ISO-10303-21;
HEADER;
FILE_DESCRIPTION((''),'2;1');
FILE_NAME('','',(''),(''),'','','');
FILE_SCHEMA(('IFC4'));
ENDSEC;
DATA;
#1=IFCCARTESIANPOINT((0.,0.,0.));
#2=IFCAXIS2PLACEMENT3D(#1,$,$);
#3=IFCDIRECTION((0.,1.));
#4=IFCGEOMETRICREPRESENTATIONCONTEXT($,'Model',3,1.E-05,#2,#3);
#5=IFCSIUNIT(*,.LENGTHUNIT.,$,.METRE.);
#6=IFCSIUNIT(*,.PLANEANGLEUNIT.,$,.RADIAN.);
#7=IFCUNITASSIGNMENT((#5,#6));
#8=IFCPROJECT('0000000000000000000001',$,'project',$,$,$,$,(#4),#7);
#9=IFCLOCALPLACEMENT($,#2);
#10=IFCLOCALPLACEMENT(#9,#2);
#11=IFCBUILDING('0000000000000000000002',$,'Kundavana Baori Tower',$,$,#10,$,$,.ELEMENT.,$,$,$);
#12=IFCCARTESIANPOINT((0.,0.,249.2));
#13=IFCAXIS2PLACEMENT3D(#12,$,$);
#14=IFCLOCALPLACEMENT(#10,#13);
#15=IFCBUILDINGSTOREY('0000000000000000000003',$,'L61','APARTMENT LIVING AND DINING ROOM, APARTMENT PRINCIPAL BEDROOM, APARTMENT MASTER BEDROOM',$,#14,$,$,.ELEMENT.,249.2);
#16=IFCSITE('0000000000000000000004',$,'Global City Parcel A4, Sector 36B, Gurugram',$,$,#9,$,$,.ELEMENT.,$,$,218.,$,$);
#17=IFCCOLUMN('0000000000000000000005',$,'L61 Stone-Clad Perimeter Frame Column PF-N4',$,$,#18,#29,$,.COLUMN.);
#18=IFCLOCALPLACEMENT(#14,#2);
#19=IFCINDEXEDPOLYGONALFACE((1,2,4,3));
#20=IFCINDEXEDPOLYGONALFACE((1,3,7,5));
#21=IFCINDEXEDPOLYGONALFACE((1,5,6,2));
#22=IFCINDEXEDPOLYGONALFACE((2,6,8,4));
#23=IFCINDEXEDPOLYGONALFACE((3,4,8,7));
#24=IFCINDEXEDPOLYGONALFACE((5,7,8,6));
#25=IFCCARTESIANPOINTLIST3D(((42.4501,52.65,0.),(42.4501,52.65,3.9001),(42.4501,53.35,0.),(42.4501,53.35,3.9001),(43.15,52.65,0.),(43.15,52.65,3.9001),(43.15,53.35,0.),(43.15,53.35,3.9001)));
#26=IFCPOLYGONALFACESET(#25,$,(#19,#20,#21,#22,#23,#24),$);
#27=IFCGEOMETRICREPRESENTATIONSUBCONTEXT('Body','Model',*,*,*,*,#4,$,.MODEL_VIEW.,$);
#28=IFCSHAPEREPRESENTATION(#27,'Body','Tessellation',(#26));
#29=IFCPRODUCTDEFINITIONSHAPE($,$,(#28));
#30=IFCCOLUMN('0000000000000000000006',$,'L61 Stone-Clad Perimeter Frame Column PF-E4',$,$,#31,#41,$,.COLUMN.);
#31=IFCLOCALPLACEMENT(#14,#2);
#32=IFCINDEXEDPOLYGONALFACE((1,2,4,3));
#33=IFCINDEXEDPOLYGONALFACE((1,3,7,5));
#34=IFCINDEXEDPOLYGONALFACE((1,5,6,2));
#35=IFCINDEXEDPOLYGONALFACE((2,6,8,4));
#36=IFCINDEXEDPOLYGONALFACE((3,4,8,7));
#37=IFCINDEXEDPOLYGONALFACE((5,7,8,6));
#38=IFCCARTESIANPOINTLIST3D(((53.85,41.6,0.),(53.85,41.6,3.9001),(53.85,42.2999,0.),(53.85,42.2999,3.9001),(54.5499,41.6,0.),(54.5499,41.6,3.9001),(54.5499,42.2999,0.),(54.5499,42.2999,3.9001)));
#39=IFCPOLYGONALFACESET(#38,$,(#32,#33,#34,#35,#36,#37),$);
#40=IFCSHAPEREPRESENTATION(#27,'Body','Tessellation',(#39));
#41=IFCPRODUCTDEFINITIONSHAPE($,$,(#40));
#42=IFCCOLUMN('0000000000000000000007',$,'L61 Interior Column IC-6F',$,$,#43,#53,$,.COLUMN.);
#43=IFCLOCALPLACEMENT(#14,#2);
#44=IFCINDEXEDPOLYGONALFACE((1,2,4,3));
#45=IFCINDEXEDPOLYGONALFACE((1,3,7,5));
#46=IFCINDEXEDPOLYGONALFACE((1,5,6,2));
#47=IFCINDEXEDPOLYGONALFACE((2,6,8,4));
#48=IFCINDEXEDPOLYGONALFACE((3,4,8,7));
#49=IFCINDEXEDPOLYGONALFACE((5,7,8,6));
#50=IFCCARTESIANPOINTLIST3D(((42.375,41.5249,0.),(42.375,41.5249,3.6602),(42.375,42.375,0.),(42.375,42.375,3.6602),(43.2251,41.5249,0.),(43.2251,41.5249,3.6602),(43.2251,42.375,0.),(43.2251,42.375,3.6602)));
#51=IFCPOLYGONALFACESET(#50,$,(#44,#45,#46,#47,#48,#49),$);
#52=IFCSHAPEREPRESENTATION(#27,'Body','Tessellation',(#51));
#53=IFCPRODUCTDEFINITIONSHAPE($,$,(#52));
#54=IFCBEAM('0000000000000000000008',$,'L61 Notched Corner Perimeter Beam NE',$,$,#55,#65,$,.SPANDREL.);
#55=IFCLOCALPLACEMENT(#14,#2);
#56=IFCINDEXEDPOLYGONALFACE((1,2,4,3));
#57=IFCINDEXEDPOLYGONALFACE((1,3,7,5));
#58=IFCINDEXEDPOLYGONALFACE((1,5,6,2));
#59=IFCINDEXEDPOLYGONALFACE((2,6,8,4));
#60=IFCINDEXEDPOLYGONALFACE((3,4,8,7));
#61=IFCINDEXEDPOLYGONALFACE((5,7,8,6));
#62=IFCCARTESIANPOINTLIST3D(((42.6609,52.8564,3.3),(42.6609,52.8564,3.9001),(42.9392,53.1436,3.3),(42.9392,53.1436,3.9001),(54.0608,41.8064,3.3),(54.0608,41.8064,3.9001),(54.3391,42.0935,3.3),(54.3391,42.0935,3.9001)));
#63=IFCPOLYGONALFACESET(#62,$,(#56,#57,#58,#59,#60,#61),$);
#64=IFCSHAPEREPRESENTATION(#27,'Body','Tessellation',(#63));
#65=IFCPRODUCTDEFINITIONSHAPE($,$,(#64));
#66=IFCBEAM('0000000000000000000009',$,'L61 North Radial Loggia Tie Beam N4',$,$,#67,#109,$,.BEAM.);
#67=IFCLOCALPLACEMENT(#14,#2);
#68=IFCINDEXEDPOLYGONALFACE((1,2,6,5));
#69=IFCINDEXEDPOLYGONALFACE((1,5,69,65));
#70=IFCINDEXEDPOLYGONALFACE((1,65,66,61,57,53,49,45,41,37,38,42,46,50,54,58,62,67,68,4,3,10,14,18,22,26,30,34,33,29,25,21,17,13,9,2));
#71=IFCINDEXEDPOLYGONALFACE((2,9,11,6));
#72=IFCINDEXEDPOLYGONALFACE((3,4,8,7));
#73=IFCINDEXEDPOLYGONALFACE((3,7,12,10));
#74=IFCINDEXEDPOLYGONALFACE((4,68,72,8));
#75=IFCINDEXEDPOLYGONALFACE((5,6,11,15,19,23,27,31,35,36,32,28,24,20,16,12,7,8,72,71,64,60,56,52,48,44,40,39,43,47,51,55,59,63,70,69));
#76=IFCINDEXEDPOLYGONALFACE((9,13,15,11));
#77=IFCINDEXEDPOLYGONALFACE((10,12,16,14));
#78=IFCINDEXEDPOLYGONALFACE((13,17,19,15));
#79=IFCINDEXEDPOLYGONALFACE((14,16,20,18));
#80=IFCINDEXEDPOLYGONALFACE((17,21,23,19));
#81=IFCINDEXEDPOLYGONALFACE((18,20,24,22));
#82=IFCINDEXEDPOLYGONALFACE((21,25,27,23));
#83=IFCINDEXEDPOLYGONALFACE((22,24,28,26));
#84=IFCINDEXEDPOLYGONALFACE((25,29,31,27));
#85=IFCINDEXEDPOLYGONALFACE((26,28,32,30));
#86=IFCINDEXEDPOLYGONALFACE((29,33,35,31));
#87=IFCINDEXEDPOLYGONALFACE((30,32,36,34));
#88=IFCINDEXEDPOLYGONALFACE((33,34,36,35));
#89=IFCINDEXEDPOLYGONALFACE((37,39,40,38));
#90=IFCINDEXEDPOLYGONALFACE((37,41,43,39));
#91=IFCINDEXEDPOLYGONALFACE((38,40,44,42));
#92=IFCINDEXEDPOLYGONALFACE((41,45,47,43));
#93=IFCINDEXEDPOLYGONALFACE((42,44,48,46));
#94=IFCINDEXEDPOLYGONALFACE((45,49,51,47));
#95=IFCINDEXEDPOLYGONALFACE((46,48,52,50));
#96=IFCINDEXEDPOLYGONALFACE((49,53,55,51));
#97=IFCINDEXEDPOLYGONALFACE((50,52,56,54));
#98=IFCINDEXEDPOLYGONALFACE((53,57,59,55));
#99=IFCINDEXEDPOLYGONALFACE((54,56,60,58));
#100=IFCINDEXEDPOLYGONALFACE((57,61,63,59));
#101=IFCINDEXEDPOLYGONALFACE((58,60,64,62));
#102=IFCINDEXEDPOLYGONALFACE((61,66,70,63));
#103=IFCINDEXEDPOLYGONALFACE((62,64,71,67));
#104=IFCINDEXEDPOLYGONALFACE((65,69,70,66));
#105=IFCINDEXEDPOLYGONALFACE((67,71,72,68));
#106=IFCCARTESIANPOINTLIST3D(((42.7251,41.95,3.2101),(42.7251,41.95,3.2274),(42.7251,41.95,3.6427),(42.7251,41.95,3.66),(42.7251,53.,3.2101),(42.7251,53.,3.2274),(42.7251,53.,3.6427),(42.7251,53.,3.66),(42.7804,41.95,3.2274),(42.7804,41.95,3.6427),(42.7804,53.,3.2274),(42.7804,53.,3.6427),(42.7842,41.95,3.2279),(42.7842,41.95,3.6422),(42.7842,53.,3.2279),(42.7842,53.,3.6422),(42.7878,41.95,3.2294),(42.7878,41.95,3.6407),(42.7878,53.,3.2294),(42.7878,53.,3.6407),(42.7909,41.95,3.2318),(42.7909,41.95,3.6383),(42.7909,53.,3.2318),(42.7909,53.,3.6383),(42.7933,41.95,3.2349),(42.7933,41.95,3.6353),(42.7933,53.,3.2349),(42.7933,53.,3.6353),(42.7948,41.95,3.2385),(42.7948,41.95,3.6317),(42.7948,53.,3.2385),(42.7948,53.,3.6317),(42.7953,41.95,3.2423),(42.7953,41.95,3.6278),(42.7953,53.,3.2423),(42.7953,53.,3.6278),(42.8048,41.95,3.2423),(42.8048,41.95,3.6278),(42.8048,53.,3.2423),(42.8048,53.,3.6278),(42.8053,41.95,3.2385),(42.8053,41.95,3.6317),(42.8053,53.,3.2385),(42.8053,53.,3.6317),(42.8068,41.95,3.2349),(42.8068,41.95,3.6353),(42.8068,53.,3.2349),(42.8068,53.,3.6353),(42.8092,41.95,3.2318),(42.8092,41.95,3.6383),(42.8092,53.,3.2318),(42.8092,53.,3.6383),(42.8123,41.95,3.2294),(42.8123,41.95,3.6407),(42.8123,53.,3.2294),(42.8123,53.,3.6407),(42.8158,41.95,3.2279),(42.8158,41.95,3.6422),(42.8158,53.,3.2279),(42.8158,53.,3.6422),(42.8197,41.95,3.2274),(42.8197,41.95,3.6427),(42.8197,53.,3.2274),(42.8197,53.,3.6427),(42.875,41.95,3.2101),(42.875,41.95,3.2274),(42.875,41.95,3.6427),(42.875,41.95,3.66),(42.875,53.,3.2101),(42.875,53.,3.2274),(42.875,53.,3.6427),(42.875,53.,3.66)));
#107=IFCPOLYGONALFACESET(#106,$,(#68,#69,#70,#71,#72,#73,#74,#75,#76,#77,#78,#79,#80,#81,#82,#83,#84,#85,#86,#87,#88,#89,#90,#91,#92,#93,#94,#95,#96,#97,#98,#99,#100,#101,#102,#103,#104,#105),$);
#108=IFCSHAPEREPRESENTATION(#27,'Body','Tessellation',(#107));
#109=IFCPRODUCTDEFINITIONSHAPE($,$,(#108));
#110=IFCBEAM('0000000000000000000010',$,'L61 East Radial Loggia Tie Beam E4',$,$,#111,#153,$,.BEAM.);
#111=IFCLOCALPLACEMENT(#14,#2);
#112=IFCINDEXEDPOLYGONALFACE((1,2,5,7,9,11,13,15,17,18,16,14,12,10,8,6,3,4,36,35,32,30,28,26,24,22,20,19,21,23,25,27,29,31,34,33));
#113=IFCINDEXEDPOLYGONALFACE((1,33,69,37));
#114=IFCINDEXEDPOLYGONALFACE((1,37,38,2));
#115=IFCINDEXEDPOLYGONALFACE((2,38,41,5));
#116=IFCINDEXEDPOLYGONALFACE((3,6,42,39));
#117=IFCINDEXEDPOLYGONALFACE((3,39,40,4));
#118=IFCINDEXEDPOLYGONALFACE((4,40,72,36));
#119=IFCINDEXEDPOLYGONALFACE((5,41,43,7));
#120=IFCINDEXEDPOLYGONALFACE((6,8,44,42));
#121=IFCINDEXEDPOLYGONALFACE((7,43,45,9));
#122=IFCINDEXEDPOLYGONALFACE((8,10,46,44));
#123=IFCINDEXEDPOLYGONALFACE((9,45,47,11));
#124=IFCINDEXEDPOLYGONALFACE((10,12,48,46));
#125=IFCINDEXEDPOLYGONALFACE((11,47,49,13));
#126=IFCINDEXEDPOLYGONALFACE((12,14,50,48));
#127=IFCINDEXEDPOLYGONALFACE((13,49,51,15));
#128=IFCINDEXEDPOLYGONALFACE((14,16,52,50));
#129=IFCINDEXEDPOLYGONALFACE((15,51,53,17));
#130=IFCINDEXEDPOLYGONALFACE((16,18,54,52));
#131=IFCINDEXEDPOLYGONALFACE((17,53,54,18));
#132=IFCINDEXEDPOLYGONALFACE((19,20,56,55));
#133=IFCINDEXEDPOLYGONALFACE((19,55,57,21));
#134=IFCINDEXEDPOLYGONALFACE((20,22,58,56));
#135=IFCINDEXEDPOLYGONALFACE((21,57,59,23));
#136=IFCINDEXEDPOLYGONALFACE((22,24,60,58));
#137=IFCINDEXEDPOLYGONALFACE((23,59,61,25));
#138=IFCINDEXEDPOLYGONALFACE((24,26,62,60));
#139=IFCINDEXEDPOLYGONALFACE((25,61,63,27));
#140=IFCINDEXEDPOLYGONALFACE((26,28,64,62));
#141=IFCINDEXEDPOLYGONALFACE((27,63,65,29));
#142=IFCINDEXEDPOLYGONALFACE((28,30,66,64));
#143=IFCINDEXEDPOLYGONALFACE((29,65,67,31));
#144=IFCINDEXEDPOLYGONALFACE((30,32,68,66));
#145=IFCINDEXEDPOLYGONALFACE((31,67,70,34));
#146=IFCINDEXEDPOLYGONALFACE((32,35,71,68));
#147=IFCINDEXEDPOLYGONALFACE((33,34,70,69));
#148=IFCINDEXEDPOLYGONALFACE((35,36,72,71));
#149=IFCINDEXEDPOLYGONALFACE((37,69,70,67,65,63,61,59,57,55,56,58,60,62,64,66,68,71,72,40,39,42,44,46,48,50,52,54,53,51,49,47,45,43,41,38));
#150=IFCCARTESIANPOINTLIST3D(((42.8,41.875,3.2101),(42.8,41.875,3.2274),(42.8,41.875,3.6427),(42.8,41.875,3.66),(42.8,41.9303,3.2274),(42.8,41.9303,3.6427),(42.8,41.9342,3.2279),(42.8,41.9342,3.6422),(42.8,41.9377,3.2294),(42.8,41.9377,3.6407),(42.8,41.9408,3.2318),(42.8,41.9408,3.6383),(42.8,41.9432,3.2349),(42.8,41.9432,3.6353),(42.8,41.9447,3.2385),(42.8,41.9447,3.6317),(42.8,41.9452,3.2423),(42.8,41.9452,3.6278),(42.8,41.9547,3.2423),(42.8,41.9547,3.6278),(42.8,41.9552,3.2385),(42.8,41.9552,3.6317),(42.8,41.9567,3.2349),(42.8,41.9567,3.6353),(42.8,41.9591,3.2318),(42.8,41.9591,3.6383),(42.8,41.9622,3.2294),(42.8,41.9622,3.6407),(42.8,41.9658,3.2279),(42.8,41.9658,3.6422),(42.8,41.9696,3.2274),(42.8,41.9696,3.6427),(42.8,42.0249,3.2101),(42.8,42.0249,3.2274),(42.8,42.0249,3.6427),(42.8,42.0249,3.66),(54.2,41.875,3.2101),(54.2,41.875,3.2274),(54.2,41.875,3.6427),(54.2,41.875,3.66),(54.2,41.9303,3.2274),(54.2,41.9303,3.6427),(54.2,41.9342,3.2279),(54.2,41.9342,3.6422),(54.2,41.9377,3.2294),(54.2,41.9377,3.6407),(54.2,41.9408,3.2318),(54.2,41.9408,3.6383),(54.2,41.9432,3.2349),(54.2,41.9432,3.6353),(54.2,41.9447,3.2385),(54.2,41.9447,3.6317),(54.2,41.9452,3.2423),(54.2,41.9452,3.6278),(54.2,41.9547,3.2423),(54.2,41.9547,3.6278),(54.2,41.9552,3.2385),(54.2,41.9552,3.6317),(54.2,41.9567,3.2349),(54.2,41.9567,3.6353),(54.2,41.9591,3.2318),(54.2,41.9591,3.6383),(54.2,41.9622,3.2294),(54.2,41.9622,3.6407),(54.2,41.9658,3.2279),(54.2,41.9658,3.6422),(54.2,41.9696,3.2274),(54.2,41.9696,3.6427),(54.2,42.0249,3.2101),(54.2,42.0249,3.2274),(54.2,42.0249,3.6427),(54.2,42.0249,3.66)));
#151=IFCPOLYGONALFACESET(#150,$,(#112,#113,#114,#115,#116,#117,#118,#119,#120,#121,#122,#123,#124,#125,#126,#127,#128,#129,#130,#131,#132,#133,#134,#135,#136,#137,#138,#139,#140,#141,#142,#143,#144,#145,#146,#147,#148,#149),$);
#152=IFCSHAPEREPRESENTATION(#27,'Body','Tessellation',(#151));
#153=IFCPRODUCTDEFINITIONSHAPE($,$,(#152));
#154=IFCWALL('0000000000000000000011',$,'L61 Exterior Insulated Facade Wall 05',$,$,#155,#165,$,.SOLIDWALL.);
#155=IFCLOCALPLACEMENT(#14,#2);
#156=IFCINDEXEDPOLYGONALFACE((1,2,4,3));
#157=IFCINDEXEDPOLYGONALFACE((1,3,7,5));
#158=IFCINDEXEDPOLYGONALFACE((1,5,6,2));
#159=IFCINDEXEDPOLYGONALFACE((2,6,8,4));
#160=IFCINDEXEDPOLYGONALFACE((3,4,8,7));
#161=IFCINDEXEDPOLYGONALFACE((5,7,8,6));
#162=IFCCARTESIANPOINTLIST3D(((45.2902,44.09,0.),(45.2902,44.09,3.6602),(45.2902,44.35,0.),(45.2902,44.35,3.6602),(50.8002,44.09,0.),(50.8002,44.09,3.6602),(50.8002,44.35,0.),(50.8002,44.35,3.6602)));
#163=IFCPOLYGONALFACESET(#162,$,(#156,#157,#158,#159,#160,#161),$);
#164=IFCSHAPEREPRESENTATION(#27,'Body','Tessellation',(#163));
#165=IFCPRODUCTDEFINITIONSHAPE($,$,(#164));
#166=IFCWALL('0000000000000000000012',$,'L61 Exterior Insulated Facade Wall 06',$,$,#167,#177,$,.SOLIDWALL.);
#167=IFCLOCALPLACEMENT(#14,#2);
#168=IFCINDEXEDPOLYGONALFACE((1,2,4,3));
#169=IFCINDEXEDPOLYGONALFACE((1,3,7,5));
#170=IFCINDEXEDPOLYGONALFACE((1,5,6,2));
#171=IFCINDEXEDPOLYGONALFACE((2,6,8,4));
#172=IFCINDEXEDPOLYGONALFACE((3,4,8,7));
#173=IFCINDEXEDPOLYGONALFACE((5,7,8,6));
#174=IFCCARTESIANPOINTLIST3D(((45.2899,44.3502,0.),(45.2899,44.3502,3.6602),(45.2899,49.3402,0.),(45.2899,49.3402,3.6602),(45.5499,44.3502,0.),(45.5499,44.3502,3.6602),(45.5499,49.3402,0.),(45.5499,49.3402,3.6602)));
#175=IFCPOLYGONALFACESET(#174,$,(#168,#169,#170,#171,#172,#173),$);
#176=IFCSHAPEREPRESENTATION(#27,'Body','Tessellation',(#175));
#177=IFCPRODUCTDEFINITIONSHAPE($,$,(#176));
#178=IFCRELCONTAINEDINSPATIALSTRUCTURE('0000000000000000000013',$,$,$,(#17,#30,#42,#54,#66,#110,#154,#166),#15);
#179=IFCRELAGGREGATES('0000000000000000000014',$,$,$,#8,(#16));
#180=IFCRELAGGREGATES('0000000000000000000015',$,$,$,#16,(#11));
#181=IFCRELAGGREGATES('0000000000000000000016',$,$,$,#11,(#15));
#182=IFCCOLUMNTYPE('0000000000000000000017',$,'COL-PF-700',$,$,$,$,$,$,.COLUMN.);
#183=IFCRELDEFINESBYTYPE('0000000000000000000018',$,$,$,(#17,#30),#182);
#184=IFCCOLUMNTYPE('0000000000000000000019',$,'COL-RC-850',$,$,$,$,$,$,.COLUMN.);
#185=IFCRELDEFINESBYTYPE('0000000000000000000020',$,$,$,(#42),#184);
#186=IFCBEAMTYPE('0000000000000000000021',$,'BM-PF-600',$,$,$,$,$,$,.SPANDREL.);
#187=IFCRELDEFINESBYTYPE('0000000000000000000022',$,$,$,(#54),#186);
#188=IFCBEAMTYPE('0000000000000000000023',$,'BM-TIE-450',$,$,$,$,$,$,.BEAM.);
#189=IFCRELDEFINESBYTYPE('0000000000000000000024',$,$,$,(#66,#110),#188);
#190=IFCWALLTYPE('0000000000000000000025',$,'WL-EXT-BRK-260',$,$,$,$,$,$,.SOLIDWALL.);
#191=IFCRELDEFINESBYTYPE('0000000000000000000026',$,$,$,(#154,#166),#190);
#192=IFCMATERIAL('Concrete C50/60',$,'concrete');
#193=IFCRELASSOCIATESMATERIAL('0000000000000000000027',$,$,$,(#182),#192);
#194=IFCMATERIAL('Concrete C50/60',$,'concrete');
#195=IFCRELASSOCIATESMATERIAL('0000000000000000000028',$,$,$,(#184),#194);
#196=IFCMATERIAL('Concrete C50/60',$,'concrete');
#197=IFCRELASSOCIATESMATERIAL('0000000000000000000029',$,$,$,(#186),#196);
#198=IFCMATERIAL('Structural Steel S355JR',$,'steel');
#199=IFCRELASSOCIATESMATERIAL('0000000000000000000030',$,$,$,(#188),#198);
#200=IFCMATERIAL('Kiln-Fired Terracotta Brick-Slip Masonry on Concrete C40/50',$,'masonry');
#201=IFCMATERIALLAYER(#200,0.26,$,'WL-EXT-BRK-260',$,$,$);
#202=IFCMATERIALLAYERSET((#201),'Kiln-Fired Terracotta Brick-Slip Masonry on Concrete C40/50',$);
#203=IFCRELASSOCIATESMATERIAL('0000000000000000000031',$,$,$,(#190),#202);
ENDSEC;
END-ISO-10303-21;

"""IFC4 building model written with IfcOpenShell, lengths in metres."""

from ifc_helpers import new_model, si_unit, direction, frame, frame_2d, origin, origin_2d, place, context, subcontext, project, spatial, rectangle, i_section, extrude, material, layer, layer_set, material_profile, profile_set, type_object, element, save


model = new_model("IFC4")

# Units and contexts
model_context = context("Model", 3, precision=1e-05, world=origin(), true_north=direction((0.0, 1.0)))
body_context = subcontext(model_context, "Body", "Model", "MODEL_VIEW")
ifc_project = project(units=[si_unit("LENGTHUNIT", "METRE"), si_unit("PLANEANGLEUNIT", "RADIAN")], contexts=[model_context])

# Site, building, storey
site_placement = place(None, origin())
site = spatial("IfcSite", under=ifc_project, at=site_placement, Name="Global City Parcel A4, Sector 36B, Gurugram", CompositionType="ELEMENT", RefElevation=218.0)
building_placement = place(site_placement, origin())
building = spatial("IfcBuilding", under=site, at=building_placement, Name="Kundavana Baori Tower", CompositionType="ELEMENT")
storey_placement = place(building_placement, frame((0.0, 0.0, 249.2)))
storey = spatial("IfcBuildingStorey", under=building, at=storey_placement, Name="L61", Description="APARTMENT LIVING AND DINING ROOM, APARTMENT PRINCIPAL BEDROOM, APARTMENT MASTER BEDROOM", CompositionType="ELEMENT", Elevation=249.2)

# Columns
ifc_material_1 = material(Name="Concrete C50/60", Category="concrete")
ifc_material_profile_1 = material_profile(ifc_material_1, rectangle(XDim=0.7, YDim=0.7, at=origin_2d()), Name="RC PF 700x700")
ifc_profile_set_1 = profile_set([ifc_material_profile_1], Name="Concrete C50/60")
column_type_1 = type_object("IfcColumnType", Name="COL-PF-700", PredefinedType="COLUMN", material=ifc_profile_set_1)
for number, where, z_axis, x_axis, name in (
    (1, (42.8, 53.0, 0.0), (0.0, 0.0, 1.0), (1.0, 0.0, 0.0), "L61 Stone-Clad Perimeter Frame Column PF-N4"),
    (2, (54.2, 41.95, 0.0), (0.0, 0.0, 1.0), (1.0, 0.0, 0.0), "L61 Stone-Clad Perimeter Frame Column PF-E4"),
):
    element("IfcColumn", number, at=place(storey_placement, frame(where, z_axis=z_axis, x_axis=x_axis)), inside=storey, type_object=column_type_1, Name=name, PredefinedType="COLUMN", context=body_context, shape_type="SweptSolid", body=[
        extrude(rectangle(XDim=0.7, YDim=0.7, at=origin_2d()), origin(), (0.0, 0.0, 1.0), 3.9001),
    ])
ifc_material_2 = material(Name="Concrete C50/60", Category="concrete")
ifc_material_profile_2 = material_profile(ifc_material_2, rectangle(XDim=0.8501, YDim=0.8501, at=origin_2d()), Name="RC 850x850")
ifc_profile_set_2 = profile_set([ifc_material_profile_2], Name="Concrete C50/60")
column_type_2 = type_object("IfcColumnType", Name="COL-RC-850", PredefinedType="COLUMN", material=ifc_profile_set_2)
column_placement = place(storey_placement, frame((42.8, 41.95, 0.0), z_axis=(0.0, 0.0, 1.0), x_axis=(1.0, 0.0, 0.0)))
element("IfcColumn", 3, at=column_placement, inside=storey, type_object=column_type_2, Name="L61 Interior Column IC-6F", PredefinedType="COLUMN", context=body_context, shape_type="SweptSolid", body=[
    extrude(rectangle(XDim=0.8501, YDim=0.8501, at=origin_2d()), origin(), (0.0, 0.0, 1.0), 3.6602),
])

# Beams
ifc_material_3 = material(Name="Concrete C50/60", Category="concrete")
ifc_material_profile_3 = material_profile(ifc_material_3, rectangle(XDim=0.3999, YDim=0.6001, at=origin_2d()), Name="RC BM 400x600")
ifc_profile_set_3 = profile_set([ifc_material_profile_3], Name="Concrete C50/60")
beam_type_1 = type_object("IfcBeamType", Name="BM-PF-600", PredefinedType="SPANDREL", material=ifc_profile_set_3)
beam_1_placement = place(storey_placement, frame((42.8, 53.0, 3.6001), z_axis=(0.718039, -0.696003, 0.0), x_axis=(0.696003, 0.718039, 0.0)))
element("IfcBeam", 4, at=beam_1_placement, inside=storey, type_object=beam_type_1, Name="L61 Notched Corner Perimeter Beam NE", PredefinedType="SPANDREL", context=body_context, shape_type="SweptSolid", body=[
    extrude(rectangle(XDim=0.3999, YDim=0.6001, at=origin_2d()), origin(), (0.0, 0.0, 1.0), 15.8765),
])
ifc_material_4 = material(Name="Structural Steel S355JR", Category="steel")
ifc_material_profile_4 = material_profile(ifc_material_4, i_section(OverallWidth=0.1499, OverallDepth=0.45, WebThickness=0.0095, FlangeThickness=0.0173, FilletRadius=0.0149, at=origin_2d()), Name="ISMB 450")
ifc_profile_set_4 = profile_set([ifc_material_profile_4], Name="Structural Steel S355JR")
beam_type_2 = type_object("IfcBeamType", Name="BM-TIE-450", PredefinedType="BEAM", material=ifc_profile_set_4)
beam_2_placement = place(storey_placement, frame((42.8, 41.95, 3.4351), z_axis=(0.0, 1.0, 0.0), x_axis=(-1.0, 0.0, 0.0)))
element("IfcBeam", 5, at=beam_2_placement, inside=storey, type_object=beam_type_2, Name="L61 North Radial Loggia Tie Beam N4", PredefinedType="BEAM", context=body_context, shape_type="SweptSolid", body=[
    extrude(i_section(OverallWidth=0.1499, OverallDepth=0.45, WebThickness=0.0095, FlangeThickness=0.0173, FilletRadius=0.0149, at=origin_2d()), origin(), (0.0, 0.0, 1.0), 11.05),
])
beam_3_placement = place(storey_placement, frame((42.8, 41.95, 3.4351), z_axis=(1.0, 0.0, 0.0), x_axis=(0.0, 1.0, 0.0)))
element("IfcBeam", 6, at=beam_3_placement, inside=storey, type_object=beam_type_2, Name="L61 East Radial Loggia Tie Beam E4", PredefinedType="BEAM", context=body_context, shape_type="SweptSolid", body=[
    extrude(i_section(OverallWidth=0.1499, OverallDepth=0.45, WebThickness=0.0095, FlangeThickness=0.0173, FilletRadius=0.0149, at=origin_2d()), origin(), (0.0, 0.0, 1.0), 11.3999),
])

# Walls
ifc_material_5 = material(Name="Kiln-Fired Terracotta Brick-Slip Masonry on Concrete C40/50", Category="masonry")
ifc_layer_1 = layer(ifc_material_5, 0.26, Name="WL-EXT-BRK-260")
ifc_layer_set_1 = layer_set([ifc_layer_1], Name="Kiln-Fired Terracotta Brick-Slip Masonry on Concrete C40/50")
wall_type_1 = type_object("IfcWallType", Name="WL-EXT-BRK-260", PredefinedType="SOLIDWALL", material=ifc_layer_set_1)
wall_1_placement = place(storey_placement, frame((50.8, 44.22, 0.0), z_axis=(0.0, 0.0, 1.0), x_axis=(-1.0, 0.0, 0.0)))
element("IfcWall", 7, at=wall_1_placement, inside=storey, type_object=wall_type_1, Name="L61 Exterior Insulated Facade Wall 05", PredefinedType="SOLIDWALL", context=body_context, shape_type="SweptSolid", body=[
    extrude(rectangle(XDim=5.51, YDim=0.26, at=frame_2d((2.7549, 0.0))), origin(), (0.0, 0.0, 1.0), 3.6602),
])
wall_2_placement = place(storey_placement, frame((45.4199, 44.3501, 0.0), z_axis=(0.0, 0.0, 1.0), x_axis=(0.0, 1.0, 0.0)))
element("IfcWall", 8, at=wall_2_placement, inside=storey, type_object=wall_type_1, Name="L61 Exterior Insulated Facade Wall 06", PredefinedType="SOLIDWALL", context=body_context, shape_type="SweptSolid", body=[
    extrude(rectangle(XDim=4.99, YDim=0.26, at=frame_2d((2.4951, 0.0))), origin(), (0.0, 0.0, 1.0), 3.6602),
])

save(model, "model.ifc")
